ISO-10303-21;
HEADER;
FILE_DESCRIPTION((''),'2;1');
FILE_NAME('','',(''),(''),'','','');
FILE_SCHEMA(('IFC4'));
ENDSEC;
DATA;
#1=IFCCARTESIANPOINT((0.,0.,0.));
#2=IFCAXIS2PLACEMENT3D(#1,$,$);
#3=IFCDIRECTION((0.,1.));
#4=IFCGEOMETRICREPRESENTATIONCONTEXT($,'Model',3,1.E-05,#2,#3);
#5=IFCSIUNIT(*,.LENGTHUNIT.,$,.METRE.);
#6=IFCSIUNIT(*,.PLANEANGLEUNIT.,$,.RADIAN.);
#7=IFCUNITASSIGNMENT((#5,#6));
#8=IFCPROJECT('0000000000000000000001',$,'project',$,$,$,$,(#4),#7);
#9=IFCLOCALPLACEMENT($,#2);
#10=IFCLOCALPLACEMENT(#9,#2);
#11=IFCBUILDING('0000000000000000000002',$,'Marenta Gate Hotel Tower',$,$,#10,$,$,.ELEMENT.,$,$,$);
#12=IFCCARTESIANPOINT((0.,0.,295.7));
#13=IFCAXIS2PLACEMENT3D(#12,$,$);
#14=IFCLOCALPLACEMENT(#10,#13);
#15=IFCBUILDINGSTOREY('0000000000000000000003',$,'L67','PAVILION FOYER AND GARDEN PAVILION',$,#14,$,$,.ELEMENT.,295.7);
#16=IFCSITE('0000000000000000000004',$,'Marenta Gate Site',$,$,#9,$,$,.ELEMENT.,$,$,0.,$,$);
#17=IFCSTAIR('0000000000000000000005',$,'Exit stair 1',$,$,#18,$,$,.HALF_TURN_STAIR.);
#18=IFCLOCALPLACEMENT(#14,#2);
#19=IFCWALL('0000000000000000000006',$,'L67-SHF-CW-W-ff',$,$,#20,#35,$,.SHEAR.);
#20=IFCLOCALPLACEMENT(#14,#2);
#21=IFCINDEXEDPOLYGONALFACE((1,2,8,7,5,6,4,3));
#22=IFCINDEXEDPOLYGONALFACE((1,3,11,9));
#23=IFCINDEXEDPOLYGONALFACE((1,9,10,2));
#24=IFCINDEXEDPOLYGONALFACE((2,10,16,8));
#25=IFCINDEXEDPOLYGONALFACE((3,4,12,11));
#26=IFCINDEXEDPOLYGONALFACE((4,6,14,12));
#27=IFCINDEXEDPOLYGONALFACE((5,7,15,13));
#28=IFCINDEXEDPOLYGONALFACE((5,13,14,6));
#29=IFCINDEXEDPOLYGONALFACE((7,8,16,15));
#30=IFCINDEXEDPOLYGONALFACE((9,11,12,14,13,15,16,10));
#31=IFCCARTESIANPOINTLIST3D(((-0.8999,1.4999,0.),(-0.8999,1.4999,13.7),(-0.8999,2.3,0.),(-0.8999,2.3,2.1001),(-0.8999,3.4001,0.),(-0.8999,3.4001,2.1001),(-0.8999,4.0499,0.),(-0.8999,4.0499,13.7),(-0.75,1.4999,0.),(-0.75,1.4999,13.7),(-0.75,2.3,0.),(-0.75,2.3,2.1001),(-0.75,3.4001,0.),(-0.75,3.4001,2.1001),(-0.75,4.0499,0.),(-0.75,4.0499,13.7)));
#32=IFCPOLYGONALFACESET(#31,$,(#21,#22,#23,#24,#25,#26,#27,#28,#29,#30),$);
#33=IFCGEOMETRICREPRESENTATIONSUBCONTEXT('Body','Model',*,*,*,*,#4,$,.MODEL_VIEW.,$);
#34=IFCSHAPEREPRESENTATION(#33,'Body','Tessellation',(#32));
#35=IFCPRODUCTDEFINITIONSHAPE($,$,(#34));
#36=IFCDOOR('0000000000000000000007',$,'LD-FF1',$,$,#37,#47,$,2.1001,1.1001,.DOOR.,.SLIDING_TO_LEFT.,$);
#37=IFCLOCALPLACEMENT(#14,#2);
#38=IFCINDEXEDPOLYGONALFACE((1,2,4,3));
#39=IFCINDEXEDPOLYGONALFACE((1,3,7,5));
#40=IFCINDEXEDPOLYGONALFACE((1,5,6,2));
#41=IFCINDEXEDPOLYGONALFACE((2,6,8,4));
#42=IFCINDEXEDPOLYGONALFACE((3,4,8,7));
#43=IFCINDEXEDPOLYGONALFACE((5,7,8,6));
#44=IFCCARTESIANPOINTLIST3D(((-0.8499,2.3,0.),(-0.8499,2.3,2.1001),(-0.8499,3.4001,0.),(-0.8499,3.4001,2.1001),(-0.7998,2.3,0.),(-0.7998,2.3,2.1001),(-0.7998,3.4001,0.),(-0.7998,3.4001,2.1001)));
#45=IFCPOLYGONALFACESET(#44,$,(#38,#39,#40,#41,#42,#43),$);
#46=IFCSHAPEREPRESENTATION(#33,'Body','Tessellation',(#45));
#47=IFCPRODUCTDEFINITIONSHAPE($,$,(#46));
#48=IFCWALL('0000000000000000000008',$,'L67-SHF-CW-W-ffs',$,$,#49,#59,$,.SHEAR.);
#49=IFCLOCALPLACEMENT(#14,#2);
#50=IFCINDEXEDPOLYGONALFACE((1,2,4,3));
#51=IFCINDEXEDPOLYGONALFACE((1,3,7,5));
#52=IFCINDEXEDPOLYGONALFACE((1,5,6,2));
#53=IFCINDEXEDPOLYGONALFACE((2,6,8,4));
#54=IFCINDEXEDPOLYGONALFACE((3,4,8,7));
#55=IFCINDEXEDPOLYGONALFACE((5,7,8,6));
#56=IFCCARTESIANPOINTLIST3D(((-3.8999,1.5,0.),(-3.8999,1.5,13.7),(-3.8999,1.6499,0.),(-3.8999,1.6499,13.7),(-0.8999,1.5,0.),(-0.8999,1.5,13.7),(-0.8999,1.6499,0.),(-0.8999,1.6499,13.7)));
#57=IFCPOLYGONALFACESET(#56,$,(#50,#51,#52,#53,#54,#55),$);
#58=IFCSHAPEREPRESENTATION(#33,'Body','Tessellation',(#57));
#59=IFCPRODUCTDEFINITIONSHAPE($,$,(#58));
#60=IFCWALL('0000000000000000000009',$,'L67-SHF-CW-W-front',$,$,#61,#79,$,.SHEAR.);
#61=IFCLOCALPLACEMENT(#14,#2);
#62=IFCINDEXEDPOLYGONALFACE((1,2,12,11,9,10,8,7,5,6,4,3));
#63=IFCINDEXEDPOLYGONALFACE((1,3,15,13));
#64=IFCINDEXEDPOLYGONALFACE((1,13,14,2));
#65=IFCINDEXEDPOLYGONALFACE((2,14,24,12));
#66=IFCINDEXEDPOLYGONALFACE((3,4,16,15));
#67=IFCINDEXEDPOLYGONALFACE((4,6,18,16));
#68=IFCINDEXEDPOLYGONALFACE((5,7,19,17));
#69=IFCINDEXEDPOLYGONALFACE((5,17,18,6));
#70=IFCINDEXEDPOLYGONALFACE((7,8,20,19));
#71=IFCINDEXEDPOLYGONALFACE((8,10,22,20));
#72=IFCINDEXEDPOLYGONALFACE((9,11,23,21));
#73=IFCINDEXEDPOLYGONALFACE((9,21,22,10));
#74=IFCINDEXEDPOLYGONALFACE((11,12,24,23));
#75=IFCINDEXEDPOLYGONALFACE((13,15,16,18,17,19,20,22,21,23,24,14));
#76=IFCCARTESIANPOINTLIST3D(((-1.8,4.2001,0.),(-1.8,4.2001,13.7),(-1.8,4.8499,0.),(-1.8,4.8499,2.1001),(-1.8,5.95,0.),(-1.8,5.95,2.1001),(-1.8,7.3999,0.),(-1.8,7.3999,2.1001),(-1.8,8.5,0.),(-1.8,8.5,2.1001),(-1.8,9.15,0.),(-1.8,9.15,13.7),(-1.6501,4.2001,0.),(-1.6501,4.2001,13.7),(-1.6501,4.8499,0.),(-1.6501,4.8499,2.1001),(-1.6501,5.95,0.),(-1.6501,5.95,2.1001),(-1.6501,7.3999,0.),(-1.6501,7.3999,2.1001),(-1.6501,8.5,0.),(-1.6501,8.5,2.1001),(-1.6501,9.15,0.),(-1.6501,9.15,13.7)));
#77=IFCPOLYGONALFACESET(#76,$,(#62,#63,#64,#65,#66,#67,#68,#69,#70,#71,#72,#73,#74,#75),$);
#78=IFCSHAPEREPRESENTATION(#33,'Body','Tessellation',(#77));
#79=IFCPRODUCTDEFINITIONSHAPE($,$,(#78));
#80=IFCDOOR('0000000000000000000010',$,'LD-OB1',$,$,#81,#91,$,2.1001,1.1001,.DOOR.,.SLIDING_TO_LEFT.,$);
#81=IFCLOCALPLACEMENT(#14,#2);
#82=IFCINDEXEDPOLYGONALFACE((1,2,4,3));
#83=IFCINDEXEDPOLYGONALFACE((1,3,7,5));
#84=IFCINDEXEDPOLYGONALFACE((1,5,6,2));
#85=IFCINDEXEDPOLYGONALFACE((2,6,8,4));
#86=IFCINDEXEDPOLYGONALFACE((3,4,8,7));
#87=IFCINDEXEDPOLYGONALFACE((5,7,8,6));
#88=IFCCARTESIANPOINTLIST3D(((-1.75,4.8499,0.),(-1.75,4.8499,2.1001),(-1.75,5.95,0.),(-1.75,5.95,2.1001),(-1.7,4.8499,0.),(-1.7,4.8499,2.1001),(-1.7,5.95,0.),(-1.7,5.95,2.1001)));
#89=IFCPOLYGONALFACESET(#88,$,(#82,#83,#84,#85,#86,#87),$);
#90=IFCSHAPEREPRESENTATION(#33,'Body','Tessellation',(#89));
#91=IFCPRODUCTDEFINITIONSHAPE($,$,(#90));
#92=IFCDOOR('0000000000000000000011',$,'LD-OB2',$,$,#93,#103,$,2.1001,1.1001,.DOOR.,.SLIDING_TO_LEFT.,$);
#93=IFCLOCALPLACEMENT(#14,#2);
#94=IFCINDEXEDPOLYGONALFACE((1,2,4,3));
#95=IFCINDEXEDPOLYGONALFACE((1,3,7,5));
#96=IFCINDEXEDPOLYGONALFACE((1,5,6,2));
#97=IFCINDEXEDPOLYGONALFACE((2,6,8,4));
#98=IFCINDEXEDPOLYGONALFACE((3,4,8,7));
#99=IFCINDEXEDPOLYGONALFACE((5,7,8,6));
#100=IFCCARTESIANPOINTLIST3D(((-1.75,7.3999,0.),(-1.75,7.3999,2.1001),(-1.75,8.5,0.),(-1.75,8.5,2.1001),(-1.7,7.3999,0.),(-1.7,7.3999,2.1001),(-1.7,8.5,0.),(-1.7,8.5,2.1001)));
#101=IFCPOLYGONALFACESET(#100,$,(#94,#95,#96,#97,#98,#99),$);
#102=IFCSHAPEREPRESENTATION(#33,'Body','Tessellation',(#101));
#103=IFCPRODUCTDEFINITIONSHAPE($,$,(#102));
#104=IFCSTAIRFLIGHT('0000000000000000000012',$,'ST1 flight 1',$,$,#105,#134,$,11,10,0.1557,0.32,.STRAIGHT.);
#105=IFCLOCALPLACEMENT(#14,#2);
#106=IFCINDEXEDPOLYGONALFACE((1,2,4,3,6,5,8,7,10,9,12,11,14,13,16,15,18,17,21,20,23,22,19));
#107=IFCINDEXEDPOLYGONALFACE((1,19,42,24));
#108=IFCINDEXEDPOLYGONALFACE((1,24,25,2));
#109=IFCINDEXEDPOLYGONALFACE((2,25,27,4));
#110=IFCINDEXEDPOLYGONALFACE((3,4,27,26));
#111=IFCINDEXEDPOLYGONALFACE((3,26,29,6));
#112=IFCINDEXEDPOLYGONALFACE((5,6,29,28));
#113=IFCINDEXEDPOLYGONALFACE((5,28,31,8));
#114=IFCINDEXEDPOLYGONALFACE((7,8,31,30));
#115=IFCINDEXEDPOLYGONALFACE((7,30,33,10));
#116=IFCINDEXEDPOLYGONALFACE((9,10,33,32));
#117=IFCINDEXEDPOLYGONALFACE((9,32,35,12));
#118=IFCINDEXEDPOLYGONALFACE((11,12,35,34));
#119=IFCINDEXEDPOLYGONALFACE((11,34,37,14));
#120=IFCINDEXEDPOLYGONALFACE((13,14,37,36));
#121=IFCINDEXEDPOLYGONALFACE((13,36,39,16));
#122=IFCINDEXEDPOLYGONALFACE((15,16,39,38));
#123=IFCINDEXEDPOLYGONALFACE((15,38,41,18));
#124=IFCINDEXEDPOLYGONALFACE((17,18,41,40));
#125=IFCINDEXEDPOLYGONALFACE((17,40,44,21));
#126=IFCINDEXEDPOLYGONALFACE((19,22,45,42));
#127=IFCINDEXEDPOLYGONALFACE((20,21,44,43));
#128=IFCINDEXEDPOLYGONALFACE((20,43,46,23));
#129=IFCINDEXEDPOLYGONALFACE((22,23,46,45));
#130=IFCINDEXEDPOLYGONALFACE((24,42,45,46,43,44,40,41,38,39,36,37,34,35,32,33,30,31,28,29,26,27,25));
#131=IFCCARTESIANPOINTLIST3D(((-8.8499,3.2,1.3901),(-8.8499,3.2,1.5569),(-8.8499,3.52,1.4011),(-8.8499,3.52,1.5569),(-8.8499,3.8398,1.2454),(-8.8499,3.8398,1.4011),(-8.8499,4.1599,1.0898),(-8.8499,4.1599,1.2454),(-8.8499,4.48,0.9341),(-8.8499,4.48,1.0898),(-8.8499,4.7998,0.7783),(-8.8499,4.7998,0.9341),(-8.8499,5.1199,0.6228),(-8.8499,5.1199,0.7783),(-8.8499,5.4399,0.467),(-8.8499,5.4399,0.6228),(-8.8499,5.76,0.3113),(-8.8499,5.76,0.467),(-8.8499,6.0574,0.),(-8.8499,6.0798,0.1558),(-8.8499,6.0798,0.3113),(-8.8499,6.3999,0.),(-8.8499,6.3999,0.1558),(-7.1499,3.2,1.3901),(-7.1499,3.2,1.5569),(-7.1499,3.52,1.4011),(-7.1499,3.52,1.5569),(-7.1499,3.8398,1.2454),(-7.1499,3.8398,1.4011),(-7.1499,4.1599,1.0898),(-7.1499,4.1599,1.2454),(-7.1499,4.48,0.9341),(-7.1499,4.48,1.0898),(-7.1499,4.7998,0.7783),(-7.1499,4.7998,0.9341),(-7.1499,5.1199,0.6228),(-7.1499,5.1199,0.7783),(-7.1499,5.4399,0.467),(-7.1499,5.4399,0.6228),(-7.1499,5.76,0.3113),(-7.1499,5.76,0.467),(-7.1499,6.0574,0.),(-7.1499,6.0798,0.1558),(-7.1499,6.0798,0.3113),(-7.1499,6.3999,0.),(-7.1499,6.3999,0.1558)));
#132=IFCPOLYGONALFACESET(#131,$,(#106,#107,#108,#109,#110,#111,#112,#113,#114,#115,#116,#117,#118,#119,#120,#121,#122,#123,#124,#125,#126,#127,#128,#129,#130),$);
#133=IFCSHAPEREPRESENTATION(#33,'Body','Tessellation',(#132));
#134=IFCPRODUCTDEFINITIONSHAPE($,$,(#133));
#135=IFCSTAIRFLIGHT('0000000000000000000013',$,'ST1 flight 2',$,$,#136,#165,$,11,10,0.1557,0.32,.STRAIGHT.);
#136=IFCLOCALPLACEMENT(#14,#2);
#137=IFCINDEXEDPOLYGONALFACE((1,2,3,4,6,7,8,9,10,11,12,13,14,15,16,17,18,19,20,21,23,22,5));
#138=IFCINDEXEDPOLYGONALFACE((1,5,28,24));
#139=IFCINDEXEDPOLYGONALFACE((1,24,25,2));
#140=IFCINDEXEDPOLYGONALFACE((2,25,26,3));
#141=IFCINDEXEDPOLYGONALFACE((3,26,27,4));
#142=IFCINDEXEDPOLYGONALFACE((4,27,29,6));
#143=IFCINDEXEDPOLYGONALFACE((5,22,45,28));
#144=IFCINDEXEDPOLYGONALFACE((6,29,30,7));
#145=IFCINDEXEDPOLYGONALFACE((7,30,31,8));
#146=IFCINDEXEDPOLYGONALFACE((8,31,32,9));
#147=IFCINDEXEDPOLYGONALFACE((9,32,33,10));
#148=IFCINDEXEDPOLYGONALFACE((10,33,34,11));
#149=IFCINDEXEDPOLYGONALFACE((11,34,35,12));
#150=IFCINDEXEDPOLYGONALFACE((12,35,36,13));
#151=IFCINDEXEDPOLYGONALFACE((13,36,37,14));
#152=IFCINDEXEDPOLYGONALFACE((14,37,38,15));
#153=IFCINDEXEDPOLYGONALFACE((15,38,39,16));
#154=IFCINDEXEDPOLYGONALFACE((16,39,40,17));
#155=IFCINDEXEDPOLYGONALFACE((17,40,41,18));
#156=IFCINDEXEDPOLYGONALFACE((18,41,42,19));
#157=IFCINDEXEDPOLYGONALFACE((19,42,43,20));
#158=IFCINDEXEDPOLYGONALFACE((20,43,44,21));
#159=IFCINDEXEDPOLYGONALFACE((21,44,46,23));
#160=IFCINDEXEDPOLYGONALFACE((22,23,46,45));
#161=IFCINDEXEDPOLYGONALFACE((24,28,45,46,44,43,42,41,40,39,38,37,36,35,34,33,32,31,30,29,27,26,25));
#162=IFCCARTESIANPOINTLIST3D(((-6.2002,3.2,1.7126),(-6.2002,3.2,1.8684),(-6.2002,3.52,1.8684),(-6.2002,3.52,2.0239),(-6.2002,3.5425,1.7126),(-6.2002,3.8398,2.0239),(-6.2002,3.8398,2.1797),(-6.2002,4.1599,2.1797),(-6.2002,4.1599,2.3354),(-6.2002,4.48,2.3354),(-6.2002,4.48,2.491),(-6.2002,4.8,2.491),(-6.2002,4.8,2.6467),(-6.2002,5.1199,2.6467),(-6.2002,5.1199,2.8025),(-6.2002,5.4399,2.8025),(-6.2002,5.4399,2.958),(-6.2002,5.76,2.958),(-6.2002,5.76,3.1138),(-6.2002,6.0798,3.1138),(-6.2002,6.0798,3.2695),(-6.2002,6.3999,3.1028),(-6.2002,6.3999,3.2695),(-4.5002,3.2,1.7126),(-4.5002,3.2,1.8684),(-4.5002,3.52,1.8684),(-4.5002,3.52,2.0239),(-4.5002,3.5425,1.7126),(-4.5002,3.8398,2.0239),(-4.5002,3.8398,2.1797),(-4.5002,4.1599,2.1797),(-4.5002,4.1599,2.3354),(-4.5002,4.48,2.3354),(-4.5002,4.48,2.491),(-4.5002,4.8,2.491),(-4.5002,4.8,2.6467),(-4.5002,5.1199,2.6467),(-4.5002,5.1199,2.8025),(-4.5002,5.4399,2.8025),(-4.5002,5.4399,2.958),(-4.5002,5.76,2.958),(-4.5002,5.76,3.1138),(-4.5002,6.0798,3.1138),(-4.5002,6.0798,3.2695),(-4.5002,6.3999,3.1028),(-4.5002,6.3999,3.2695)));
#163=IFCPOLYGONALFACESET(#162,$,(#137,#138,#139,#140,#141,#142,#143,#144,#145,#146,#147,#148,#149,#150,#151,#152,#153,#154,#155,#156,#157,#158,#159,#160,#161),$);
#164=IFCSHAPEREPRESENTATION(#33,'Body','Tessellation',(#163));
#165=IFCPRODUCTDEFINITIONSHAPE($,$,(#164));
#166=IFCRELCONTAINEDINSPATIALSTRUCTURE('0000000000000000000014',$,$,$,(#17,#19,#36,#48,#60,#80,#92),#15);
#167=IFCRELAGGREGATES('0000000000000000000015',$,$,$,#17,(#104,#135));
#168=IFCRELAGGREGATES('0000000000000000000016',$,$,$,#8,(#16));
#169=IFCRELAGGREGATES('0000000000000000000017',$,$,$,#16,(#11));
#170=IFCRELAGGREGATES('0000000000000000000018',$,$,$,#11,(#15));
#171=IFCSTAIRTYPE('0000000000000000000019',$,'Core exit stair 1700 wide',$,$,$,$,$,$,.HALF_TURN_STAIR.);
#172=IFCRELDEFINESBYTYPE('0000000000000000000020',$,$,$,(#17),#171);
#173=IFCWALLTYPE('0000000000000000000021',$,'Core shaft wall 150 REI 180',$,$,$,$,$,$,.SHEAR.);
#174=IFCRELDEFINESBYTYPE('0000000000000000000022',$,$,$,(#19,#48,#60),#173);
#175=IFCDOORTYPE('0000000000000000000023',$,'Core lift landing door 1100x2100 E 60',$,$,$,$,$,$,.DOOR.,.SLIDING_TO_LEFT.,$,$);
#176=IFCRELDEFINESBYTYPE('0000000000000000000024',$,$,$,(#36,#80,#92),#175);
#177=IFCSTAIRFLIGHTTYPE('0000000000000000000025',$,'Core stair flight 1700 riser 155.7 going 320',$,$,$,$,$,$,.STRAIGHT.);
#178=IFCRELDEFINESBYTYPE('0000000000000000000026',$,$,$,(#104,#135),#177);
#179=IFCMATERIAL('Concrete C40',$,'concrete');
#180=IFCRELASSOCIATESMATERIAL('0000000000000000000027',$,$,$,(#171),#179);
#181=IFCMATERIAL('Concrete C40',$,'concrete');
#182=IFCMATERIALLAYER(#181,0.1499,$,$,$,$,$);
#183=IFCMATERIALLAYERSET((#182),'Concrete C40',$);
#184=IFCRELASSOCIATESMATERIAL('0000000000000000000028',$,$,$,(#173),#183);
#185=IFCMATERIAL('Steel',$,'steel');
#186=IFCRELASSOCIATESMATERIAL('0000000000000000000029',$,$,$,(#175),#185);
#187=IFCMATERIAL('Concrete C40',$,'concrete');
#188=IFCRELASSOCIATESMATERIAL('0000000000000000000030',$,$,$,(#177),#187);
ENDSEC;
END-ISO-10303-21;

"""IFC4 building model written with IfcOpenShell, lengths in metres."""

from ifc_helpers import new_model, si_unit, direction, frame, frame_2d, origin, place, context, subcontext, project, spatial, polyline, rectangle, outline, extrude, material, layer, layer_set, type_object, element, fill, aggregate, save


model = new_model("IFC4")

# Units and contexts
model_context = context("Model", 3, precision=1e-05, world=origin(), true_north=direction((0.0, 1.0)))
body_context = subcontext(model_context, "Body", "Model", "MODEL_VIEW")
ifc_project = project(units=[si_unit("LENGTHUNIT", "METRE"), si_unit("PLANEANGLEUNIT", "RADIAN")], contexts=[model_context])

# Site, building, storey
site_placement = place(None, origin())
site = spatial("IfcSite", under=ifc_project, at=site_placement, Name="Marenta Gate Site", CompositionType="ELEMENT", RefElevation=0.0)
building_placement = place(site_placement, origin())
building = spatial("IfcBuilding", under=site, at=building_placement, Name="Marenta Gate Hotel Tower", CompositionType="ELEMENT")
storey_placement = place(building_placement, frame((0.0, 0.0, 295.7)))
storey = spatial("IfcBuildingStorey", under=building, at=storey_placement, Name="L67", Description="PAVILION FOYER AND GARDEN PAVILION", CompositionType="ELEMENT", Elevation=295.7)

# Stair
ifc_material_1 = material(Name="Concrete C40", Category="concrete")
stair_type = type_object("IfcStairType", Name="Core exit stair 1700 wide", PredefinedType="HALF_TURN_STAIR", material=ifc_material_1)
stair_placement = place(storey_placement, origin())
stair = element("IfcStair", 1, at=stair_placement, inside=storey, type_object=stair_type, Name="Exit stair 1", PredefinedType="HALF_TURN_STAIR")

# Wall, opening, door
ifc_material_2 = material(Name="Concrete C40", Category="concrete")
ifc_layer_1 = layer(ifc_material_2, 0.1499)
ifc_layer_set_1 = layer_set([ifc_layer_1], Name="Concrete C40")
wall_type_1 = type_object("IfcWallType", Name="Core shaft wall 150 REI 180", PredefinedType="SHEAR", material=ifc_layer_set_1)
wall_1_placement = place(storey_placement, frame((-0.825, 1.5, 0.0), z_axis=(0.0, 0.0, 1.0), x_axis=(0.0, 1.0, 0.0)))
wall_1 = element("IfcWall", 2, at=wall_1_placement, inside=storey, type_object=wall_type_1, Name="L67-SHF-CW-W-ff", PredefinedType="SHEAR", context=body_context, shape_type="SweptSolid", body=[
    extrude(rectangle(XDim=2.55, YDim=0.1499, at=frame_2d((1.2749, 0.0))), origin(), (0.0, 0.0, 1.0), 13.7),
])
opening_1_placement = place(wall_1_placement, frame((0.8, 0.0, 0.0)))
opening_1 = element("IfcOpeningElement", 3, at=opening_1_placement, cuts=wall_1, PredefinedType="OPENING", context=body_context, shape_type="SweptSolid", body=[
    extrude(rectangle(XDim=1.1001, YDim=2.1001, at=frame_2d((0.55, 1.05))), frame((0.0, 0.075, 0.0), z_axis=(0.0, -1.0, 0.0), x_axis=(1.0, 0.0, 0.0)), (0.0, 0.0, 1.0), 0.1499),
])
ifc_material_3 = material(Name="Steel", Category="steel")
door_type_1 = type_object("IfcDoorType", Name="Core lift landing door 1100x2100 E 60", OperationType="SLIDING_TO_LEFT", PredefinedType="DOOR", material=ifc_material_3)
door_1_placement = place(opening_1_placement, origin())
door_1 = element("IfcDoor", 4, at=door_1_placement, inside=storey, type_object=door_type_1, Name="LD-FF1", OperationType="SLIDING_TO_LEFT", OverallHeight=2.1001, OverallWidth=1.1001, PredefinedType="DOOR", context=body_context, shape_type="SweptSolid", body=[
    extrude(rectangle(XDim=1.1001, YDim=2.1001, at=frame_2d((0.55, 1.05))), frame((0.0, 0.0249, 0.0), z_axis=(0.0, -1.0, 0.0), x_axis=(1.0, 0.0, 0.0)), (0.0, 0.0, 1.0), 0.05),
])
fill(opening_1, door_1)

# Wall
wall_2_placement = place(storey_placement, frame((-3.8999, 1.575, 0.0), z_axis=(0.0, 0.0, 1.0), x_axis=(1.0, 0.0, 0.0)))
element("IfcWall", 5, at=wall_2_placement, inside=storey, type_object=wall_type_1, Name="L67-SHF-CW-W-ffs", PredefinedType="SHEAR", context=body_context, shape_type="SweptSolid", body=[
    extrude(rectangle(XDim=3.0, YDim=0.1499, at=frame_2d((1.5, 0.0))), origin(), (0.0, 0.0, 1.0), 13.7),
])

# Wall, openings, doors
wall_3_placement = place(storey_placement, frame((-1.7251, 4.2, 0.0), z_axis=(0.0, 0.0, 1.0), x_axis=(0.0, 1.0, 0.0)))
wall_3 = element("IfcWall", 6, at=wall_3_placement, inside=storey, type_object=wall_type_1, Name="L67-SHF-CW-W-front", PredefinedType="SHEAR", context=body_context, shape_type="SweptSolid", body=[
    extrude(rectangle(XDim=4.95, YDim=0.1499, at=frame_2d((2.4751, 0.0))), origin(), (0.0, 0.0, 1.0), 13.7),
])
opening_2_placement = place(wall_3_placement, frame((0.6499, 0.0, 0.0)))
opening_2 = element("IfcOpeningElement", 7, at=opening_2_placement, cuts=wall_3, PredefinedType="OPENING", context=body_context, shape_type="SweptSolid", body=[
    extrude(rectangle(XDim=1.1001, YDim=2.1001, at=frame_2d((0.55, 1.05))), frame((0.0, 0.075, 0.0), z_axis=(0.0, -1.0, 0.0), x_axis=(1.0, 0.0, 0.0)), (0.0, 0.0, 1.0), 0.1499),
])
opening_3_placement = place(wall_3_placement, frame((3.2, 0.0, 0.0)))
opening_3 = element("IfcOpeningElement", 8, at=opening_3_placement, cuts=wall_3, PredefinedType="OPENING", context=body_context, shape_type="SweptSolid", body=[
    extrude(rectangle(XDim=1.1001, YDim=2.1001, at=frame_2d((0.55, 1.05))), frame((0.0, 0.075, 0.0), z_axis=(0.0, -1.0, 0.0), x_axis=(1.0, 0.0, 0.0)), (0.0, 0.0, 1.0), 0.1499),
])
door_2_placement = place(opening_2_placement, origin())
door_2 = element("IfcDoor", 9, at=door_2_placement, inside=storey, type_object=door_type_1, Name="LD-OB1", OperationType="SLIDING_TO_LEFT", OverallHeight=2.1001, OverallWidth=1.1001, PredefinedType="DOOR", context=body_context, shape_type="SweptSolid", body=[
    extrude(rectangle(XDim=1.1001, YDim=2.1001, at=frame_2d((0.55, 1.05))), frame((0.0, 0.0249, 0.0), z_axis=(0.0, -1.0, 0.0), x_axis=(1.0, 0.0, 0.0)), (0.0, 0.0, 1.0), 0.05),
])
fill(opening_2, door_2)
door_3_placement = place(opening_3_placement, origin())
door_3 = element("IfcDoor", 10, at=door_3_placement, inside=storey, type_object=door_type_1, Name="LD-OB2", OperationType="SLIDING_TO_LEFT", OverallHeight=2.1001, OverallWidth=1.1001, PredefinedType="DOOR", context=body_context, shape_type="SweptSolid", body=[
    extrude(rectangle(XDim=1.1001, YDim=2.1001, at=frame_2d((0.55, 1.05))), frame((0.0, 0.0249, 0.0), z_axis=(0.0, -1.0, 0.0), x_axis=(1.0, 0.0, 0.0)), (0.0, 0.0, 1.0), 0.05),
])
fill(opening_3, door_3)

# Stair flights
ifc_material_4 = material(Name="Concrete C40", Category="concrete")
stair_flight_type = type_object("IfcStairFlightType", Name="Core stair flight 1700 riser 155.7 going 320", PredefinedType="STRAIGHT", material=ifc_material_4)
stair_flight_1_placement = place(storey_placement, frame((-8.0, 6.3999, 0.0), z_axis=(0.0, 0.0, 1.0), x_axis=(0.0, -1.0, 0.0)))
stair_flight_1 = element("IfcStairFlight", 11, at=stair_flight_1_placement, type_object=stair_flight_type, Name="ST1 flight 1", NumberOfRisers=11, NumberOfTreads=10, PredefinedType="STRAIGHT", RiserHeight=0.1557, TreadLength=0.32, context=body_context, shape_type="SweptSolid", body=[
    extrude(outline(polyline([(0.0, 0.0), (0.0, 0.1558), (0.3201, 0.1558), (0.3201, 0.3113), (0.6399, 0.3113), (0.6399, 0.467), (0.96, 0.467), (0.96, 0.6228), (1.28, 0.6228), (1.28, 0.7783), (1.6001, 0.7783), (1.6001, 0.9341), (1.9199, 0.9341), (1.9199, 1.0898), (2.24, 1.0898), (2.24, 1.2454), (2.5601, 1.2454), (2.5601, 1.4011), (2.8799, 1.4011), (2.8799, 1.5569), (3.2, 1.5569), (3.2, 1.7124), (3.2, 1.3901), (0.3425, 0.0), (0.0, 0.0)])), frame((0.0, 0.8501, 0.0), z_axis=(0.0, -1.0, 0.0), x_axis=(1.0, 0.0, 0.0)), (0.0, 0.0, 1.0), 1.7),
])
stair_flight_2_placement = place(storey_placement, frame((-5.3501, 3.2, 1.7126), z_axis=(0.0, 0.0, 1.0), x_axis=(0.0, 1.0, 0.0)))
stair_flight_2 = element("IfcStairFlight", 12, at=stair_flight_2_placement, type_object=stair_flight_type, Name="ST1 flight 2", NumberOfRisers=11, NumberOfTreads=10, PredefinedType="STRAIGHT", RiserHeight=0.1557, TreadLength=0.32, context=body_context, shape_type="SweptSolid", body=[
    extrude(outline(polyline([(0.0, 0.0), (0.0, 0.1558), (0.3201, 0.1558), (0.3201, 0.3113), (0.6399, 0.3113), (0.6399, 0.467), (0.96, 0.467), (0.96, 0.6228), (1.28, 0.6228), (1.28, 0.7783), (1.6001, 0.7783), (1.6001, 0.9341), (1.9199, 0.9341), (1.9199, 1.0898), (2.24, 1.0898), (2.24, 1.2454), (2.5601, 1.2454), (2.5601, 1.4011), (2.8799, 1.4011), (2.8799, 1.5569), (3.2, 1.5569), (3.2, 1.7124), (3.2, 1.3901), (0.3425, 0.0), (0.0, 0.0)])), frame((0.0, 0.8501, 0.0), z_axis=(0.0, -1.0, 0.0), x_axis=(1.0, 0.0, 0.0)), (0.0, 0.0, 1.0), 1.7),
])
aggregate(stair, [stair_flight_1, stair_flight_2])

save(model, "model.ifc")
